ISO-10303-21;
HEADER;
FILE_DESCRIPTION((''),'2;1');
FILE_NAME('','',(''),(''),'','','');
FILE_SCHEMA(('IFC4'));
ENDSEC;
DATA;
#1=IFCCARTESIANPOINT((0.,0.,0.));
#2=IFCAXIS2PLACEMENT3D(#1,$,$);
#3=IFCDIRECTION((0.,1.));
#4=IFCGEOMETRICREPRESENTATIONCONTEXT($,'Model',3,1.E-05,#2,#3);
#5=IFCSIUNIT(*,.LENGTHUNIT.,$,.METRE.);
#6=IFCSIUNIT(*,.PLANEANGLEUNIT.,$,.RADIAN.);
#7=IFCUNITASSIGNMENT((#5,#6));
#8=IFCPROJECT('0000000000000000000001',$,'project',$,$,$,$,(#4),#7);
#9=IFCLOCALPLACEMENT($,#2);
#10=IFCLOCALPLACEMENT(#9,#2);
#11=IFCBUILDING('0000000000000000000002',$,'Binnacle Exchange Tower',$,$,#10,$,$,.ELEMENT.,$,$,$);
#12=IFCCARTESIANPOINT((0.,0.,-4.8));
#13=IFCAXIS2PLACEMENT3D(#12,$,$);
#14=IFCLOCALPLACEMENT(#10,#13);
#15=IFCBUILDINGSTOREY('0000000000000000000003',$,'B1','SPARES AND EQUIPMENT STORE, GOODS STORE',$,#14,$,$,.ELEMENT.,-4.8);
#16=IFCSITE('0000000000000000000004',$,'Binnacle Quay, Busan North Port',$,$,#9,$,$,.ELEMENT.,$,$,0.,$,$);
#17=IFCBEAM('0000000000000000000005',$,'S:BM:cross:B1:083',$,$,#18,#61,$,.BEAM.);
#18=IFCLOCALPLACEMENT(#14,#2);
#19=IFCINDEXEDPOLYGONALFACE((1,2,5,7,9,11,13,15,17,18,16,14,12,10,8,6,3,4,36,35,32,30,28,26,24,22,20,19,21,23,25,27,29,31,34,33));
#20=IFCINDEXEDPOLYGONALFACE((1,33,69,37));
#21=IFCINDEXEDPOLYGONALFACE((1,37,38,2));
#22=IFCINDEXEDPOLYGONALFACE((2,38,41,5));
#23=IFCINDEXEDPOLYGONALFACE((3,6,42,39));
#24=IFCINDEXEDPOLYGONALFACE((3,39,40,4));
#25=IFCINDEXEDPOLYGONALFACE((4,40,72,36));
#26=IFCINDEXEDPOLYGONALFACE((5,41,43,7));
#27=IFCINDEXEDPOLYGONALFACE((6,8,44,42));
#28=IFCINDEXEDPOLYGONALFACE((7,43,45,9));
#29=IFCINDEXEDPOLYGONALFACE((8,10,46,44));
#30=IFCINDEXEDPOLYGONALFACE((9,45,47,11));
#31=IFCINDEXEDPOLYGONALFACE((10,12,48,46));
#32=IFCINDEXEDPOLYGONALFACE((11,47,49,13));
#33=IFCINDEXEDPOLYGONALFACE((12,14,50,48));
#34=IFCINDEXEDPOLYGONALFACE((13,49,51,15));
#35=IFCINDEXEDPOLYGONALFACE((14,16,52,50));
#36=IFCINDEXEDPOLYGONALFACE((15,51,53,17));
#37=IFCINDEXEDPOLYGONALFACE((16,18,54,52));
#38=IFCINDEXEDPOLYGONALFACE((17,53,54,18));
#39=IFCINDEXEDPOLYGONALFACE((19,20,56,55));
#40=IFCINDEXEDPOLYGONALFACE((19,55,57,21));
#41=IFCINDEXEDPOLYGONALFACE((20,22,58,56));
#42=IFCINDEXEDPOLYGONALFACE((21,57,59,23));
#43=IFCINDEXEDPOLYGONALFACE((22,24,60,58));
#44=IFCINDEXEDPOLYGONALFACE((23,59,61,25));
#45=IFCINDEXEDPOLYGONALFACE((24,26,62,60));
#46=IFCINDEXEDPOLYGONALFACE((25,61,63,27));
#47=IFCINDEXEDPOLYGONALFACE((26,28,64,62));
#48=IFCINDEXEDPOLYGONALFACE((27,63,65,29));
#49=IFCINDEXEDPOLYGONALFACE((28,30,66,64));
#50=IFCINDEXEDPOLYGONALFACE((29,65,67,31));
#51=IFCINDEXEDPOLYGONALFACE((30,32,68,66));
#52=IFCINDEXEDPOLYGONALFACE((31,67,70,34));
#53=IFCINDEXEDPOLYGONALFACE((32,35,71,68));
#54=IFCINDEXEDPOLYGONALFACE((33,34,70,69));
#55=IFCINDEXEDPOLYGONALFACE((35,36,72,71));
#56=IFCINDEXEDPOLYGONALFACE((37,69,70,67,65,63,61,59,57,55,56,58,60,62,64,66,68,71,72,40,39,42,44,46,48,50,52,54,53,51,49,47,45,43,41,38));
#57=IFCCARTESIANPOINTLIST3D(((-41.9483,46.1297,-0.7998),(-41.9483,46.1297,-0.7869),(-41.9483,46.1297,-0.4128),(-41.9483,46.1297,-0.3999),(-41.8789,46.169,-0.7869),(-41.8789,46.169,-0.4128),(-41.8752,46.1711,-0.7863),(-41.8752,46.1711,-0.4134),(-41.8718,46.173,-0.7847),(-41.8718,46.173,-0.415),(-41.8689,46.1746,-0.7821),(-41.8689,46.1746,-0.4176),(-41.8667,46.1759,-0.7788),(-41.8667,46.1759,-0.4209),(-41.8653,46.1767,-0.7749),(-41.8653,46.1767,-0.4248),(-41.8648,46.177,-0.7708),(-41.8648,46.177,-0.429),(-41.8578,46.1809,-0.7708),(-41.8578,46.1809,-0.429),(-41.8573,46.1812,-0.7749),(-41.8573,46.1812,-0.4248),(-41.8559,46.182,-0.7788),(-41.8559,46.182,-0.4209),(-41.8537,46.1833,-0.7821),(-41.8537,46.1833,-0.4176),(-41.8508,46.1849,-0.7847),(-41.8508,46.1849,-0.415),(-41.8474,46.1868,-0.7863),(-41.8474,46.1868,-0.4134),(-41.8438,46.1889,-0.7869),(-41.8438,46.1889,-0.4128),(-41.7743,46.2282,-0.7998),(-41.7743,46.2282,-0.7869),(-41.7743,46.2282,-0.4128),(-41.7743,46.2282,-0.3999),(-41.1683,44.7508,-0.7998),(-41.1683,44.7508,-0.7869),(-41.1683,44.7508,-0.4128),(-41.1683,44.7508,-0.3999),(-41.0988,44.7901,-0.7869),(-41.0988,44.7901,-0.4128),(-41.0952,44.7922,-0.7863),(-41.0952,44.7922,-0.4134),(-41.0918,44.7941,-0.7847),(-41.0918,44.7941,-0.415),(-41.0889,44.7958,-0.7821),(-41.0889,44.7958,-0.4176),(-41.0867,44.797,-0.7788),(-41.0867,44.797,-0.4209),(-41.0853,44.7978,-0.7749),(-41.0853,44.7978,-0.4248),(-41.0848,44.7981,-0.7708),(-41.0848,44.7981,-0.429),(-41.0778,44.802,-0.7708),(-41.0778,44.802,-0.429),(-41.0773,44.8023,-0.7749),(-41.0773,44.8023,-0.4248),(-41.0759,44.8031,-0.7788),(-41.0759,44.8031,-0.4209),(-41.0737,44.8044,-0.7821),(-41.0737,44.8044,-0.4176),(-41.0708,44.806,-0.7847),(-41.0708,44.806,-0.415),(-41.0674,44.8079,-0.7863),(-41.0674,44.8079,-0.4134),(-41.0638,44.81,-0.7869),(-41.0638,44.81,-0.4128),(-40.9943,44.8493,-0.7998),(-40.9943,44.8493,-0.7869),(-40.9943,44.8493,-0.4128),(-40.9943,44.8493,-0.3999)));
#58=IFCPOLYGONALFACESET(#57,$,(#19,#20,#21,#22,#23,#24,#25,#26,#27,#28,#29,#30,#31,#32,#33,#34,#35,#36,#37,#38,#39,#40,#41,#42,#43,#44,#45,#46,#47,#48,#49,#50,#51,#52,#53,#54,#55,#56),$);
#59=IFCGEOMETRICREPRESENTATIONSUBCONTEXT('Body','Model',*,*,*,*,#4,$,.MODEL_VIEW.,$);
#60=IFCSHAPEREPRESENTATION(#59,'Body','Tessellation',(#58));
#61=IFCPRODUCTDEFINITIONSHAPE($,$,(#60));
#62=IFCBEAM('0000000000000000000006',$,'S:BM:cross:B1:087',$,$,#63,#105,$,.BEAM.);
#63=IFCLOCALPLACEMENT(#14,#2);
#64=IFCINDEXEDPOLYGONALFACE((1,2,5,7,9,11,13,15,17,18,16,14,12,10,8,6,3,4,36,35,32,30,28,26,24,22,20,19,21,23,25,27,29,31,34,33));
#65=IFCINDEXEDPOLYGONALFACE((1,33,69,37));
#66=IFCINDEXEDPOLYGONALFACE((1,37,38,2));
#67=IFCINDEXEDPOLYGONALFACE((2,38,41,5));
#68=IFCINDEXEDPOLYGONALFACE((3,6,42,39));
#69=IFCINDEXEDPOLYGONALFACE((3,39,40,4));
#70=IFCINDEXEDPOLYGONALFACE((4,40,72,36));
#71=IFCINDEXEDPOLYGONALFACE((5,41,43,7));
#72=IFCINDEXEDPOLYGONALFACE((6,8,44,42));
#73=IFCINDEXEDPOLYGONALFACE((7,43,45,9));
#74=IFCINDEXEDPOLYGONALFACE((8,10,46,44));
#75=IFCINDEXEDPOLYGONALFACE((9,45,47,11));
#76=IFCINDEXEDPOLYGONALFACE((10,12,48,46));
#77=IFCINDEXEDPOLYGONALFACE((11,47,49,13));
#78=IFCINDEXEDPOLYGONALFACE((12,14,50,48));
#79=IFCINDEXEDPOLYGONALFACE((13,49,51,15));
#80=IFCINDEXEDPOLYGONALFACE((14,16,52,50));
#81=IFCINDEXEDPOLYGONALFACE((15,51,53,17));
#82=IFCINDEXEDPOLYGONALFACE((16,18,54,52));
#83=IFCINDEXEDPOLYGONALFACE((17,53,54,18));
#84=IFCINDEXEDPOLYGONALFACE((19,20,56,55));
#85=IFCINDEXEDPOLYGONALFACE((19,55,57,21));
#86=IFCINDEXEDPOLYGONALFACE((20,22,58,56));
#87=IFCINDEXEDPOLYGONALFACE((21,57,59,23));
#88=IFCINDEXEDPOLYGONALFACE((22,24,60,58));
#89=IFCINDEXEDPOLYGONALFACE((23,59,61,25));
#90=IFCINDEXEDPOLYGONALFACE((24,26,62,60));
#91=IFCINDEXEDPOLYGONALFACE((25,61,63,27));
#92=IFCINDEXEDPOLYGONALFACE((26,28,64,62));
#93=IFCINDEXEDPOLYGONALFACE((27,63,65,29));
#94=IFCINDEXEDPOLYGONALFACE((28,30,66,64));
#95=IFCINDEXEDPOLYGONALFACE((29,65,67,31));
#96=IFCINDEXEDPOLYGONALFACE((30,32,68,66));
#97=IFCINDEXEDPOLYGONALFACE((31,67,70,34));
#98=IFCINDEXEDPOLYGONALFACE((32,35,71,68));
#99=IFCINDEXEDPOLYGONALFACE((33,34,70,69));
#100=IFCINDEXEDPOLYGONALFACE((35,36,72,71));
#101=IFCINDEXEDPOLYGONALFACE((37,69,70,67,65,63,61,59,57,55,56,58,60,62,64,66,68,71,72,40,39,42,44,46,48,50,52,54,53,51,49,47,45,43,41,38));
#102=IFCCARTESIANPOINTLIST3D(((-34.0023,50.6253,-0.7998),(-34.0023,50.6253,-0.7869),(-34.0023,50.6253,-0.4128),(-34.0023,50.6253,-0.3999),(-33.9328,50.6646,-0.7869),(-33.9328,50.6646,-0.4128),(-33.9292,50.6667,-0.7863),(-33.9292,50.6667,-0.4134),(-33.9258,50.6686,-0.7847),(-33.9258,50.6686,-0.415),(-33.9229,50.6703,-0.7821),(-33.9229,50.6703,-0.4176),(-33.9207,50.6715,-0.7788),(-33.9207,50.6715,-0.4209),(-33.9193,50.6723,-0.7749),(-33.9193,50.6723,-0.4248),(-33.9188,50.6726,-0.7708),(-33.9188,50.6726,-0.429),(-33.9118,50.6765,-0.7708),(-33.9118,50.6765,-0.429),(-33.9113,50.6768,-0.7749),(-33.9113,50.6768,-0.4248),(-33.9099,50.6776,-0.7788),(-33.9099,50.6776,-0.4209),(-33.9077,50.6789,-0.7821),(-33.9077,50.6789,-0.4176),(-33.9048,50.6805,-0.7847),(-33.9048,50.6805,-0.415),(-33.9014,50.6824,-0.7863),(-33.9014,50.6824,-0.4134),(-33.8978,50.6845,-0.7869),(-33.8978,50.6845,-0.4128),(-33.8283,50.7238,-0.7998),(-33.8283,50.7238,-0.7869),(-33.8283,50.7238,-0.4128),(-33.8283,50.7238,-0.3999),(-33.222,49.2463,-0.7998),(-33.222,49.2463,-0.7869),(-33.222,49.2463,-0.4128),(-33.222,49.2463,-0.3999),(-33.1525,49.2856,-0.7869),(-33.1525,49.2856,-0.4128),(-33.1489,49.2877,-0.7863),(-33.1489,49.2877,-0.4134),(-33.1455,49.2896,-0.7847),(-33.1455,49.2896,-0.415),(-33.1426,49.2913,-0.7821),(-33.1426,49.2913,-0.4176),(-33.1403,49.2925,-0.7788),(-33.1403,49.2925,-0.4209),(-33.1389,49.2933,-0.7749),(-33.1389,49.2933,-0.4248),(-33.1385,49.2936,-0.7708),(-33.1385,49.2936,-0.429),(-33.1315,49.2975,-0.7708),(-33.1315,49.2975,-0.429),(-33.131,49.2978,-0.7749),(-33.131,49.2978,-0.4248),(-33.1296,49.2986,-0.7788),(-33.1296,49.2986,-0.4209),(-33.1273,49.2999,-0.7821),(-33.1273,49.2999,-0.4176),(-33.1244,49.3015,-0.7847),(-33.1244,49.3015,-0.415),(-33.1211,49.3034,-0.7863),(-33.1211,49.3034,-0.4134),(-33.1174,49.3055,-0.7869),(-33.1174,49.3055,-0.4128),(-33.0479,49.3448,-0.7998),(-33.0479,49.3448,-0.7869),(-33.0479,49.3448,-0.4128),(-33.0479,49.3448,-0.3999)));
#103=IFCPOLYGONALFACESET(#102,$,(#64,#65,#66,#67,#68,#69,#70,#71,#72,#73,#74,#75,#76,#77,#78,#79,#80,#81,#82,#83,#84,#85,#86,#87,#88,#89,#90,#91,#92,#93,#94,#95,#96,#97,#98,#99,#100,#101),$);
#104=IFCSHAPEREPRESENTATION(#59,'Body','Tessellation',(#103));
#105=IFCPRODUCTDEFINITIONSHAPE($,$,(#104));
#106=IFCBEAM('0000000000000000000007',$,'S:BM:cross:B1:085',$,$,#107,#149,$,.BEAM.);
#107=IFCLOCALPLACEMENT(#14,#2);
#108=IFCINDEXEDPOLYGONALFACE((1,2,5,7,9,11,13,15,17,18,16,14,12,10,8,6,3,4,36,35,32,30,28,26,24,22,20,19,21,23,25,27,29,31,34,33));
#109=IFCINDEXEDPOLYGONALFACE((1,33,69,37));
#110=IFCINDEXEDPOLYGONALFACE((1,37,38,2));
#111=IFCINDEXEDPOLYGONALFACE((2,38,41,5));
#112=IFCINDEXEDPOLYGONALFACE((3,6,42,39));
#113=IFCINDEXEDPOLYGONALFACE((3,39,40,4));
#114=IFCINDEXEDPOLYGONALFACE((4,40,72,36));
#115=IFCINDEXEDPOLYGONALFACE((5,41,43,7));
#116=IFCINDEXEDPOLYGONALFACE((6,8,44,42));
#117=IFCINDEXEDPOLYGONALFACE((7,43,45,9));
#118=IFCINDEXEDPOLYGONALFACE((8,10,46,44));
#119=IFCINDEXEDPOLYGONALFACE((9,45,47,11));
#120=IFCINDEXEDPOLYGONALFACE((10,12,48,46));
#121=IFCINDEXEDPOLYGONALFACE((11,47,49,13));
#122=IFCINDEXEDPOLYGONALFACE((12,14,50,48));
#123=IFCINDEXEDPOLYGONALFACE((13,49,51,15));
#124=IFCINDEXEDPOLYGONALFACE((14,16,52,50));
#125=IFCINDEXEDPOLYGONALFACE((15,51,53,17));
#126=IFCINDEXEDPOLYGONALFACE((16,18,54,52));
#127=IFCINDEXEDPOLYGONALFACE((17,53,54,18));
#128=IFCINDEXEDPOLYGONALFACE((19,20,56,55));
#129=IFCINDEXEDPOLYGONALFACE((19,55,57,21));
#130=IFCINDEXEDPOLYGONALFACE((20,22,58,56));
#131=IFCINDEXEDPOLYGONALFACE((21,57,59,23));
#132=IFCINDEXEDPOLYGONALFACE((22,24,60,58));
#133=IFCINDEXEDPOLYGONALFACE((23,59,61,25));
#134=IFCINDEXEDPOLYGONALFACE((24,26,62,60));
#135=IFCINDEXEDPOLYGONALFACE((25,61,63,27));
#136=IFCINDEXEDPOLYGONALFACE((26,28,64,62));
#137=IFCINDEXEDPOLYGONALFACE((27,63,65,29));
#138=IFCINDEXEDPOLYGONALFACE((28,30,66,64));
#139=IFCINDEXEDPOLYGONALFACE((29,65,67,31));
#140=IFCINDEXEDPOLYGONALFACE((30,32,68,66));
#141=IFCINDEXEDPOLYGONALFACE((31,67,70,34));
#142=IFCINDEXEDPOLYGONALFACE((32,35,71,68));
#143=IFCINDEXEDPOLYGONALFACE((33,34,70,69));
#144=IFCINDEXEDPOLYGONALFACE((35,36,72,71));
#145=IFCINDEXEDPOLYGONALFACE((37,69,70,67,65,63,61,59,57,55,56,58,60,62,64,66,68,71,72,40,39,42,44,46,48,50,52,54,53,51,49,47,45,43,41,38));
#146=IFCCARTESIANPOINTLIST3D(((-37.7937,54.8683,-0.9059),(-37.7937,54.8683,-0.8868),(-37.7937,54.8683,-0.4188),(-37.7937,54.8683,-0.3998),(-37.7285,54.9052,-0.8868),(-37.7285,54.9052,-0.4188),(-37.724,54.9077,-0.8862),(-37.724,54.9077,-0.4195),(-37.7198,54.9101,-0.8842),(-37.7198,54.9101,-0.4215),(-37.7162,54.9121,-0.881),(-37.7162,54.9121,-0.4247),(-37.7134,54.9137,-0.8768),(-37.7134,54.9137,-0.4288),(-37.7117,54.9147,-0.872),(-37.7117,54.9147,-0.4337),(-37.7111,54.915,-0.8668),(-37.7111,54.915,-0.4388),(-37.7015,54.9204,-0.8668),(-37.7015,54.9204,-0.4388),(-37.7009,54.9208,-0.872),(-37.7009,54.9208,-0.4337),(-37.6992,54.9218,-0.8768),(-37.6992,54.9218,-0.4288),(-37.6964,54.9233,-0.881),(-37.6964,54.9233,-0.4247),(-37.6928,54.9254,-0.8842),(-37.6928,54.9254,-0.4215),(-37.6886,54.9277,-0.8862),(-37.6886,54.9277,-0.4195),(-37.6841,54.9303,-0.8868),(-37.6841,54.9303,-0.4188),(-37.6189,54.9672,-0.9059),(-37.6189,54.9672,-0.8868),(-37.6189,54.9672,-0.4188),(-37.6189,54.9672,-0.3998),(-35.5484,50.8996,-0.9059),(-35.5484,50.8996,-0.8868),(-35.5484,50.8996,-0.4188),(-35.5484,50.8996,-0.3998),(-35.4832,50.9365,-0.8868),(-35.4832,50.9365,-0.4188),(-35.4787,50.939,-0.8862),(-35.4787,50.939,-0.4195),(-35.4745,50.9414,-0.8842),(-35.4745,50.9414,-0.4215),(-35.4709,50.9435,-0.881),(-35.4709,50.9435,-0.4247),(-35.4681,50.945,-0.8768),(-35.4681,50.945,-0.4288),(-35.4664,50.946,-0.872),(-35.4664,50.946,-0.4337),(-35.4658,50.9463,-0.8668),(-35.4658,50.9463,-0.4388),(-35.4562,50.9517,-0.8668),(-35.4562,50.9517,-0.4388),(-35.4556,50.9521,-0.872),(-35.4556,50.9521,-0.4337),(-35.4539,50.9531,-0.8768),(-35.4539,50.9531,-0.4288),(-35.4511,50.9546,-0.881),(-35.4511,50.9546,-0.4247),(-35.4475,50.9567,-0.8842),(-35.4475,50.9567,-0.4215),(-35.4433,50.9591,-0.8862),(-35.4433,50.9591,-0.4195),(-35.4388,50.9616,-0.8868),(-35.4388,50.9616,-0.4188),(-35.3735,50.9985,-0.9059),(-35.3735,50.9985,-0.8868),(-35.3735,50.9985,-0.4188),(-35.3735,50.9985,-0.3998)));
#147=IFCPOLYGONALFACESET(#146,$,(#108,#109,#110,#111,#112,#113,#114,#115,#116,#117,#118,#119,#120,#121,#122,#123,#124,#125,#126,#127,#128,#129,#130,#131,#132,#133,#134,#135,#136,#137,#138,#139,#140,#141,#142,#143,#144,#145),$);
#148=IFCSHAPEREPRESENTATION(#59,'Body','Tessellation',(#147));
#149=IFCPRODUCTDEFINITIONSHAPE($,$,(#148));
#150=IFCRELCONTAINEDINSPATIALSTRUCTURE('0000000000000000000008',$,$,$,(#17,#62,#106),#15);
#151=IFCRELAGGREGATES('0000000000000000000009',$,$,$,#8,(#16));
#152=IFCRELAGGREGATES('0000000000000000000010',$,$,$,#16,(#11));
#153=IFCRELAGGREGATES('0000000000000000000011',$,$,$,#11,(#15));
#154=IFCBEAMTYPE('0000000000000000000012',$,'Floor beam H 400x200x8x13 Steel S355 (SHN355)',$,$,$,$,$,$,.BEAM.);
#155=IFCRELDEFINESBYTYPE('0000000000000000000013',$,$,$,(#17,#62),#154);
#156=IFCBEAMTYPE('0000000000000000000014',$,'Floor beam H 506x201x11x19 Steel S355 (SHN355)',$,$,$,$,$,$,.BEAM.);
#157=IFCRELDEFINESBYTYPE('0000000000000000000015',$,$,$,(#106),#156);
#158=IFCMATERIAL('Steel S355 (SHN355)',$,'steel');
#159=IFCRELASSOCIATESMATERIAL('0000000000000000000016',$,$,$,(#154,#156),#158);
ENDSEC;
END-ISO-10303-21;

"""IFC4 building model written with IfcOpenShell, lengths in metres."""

from ifc_helpers import new_model, si_unit, direction, frame, origin, origin_2d, place, context, subcontext, project, spatial, i_section, extrude, material, material_profile, profile_set, type_object, element, save


model = new_model("IFC4")

# Units and contexts
model_context = context("Model", 3, precision=1e-05, world=origin(), true_north=direction((0.0, 1.0)))
body_context = subcontext(model_context, "Body", "Model", "MODEL_VIEW")
ifc_project = project(units=[si_unit("LENGTHUNIT", "METRE"), si_unit("PLANEANGLEUNIT", "RADIAN")], contexts=[model_context])

# Site, building, storey
site_placement = place(None, origin())
site = spatial("IfcSite", under=ifc_project, at=site_placement, Name="Binnacle Quay, Busan North Port", CompositionType="ELEMENT", RefElevation=0.0)
building_placement = place(site_placement, origin())
building = spatial("IfcBuilding", under=site, at=building_placement, Name="Binnacle Exchange Tower", CompositionType="ELEMENT")
storey_placement = place(building_placement, frame((0.0, 0.0, -4.8)))
storey = spatial("IfcBuildingStorey", under=building, at=storey_placement, Name="B1", Description="SPARES AND EQUIPMENT STORE, GOODS STORE", CompositionType="ELEMENT", Elevation=-4.8)

# Beams
ifc_material_1 = material(Name="Steel S355 (SHN355)", Category="steel")
ifc_material_profile_1 = material_profile(ifc_material_1, i_section(OverallWidth=0.2, OverallDepth=0.3999, WebThickness=0.0081, FlangeThickness=0.0129, FilletRadius=0.0161, at=origin_2d()), Name="H 400x200x8x13")
ifc_profile_set_1 = profile_set([ifc_material_profile_1], Name="Steel S355 (SHN355)")
beam_type_1 = type_object("IfcBeamType", Name="Floor beam H 400x200x8x13 Steel S355 (SHN355)", PredefinedType="BEAM", material=ifc_profile_set_1)
beam_1_placement = place(storey_placement, frame((-41.8613, 46.179, -0.5999), z_axis=(0.492367, -0.870388, 0.0), x_axis=(0.870388, 0.492367, 0.0)))
element("IfcBeam", 1, at=beam_1_placement, inside=storey, type_object=beam_type_1, Name="S:BM:cross:B1:083", PredefinedType="BEAM", context=body_context, shape_type="SweptSolid", body=[
    extrude(i_section(OverallWidth=0.2, OverallDepth=0.3999, WebThickness=0.0081, FlangeThickness=0.0129, FilletRadius=0.0161, at=origin_2d()), origin(), (0.0, 0.0, 1.0), 1.5842),
])
beam_2_placement = place(storey_placement, frame((-33.9153, 50.6746, -0.5999), z_axis=(0.492484, -0.870322, 0.0), x_axis=(0.870322, 0.492484, 0.0)))
element("IfcBeam", 2, at=beam_2_placement, inside=storey, type_object=beam_type_1, Name="S:BM:cross:B1:087", PredefinedType="BEAM", context=body_context, shape_type="SweptSolid", body=[
    extrude(i_section(OverallWidth=0.2, OverallDepth=0.3999, WebThickness=0.0081, FlangeThickness=0.0129, FilletRadius=0.0161, at=origin_2d()), origin(), (0.0, 0.0, 1.0), 1.5845),
])
ifc_material_profile_2 = material_profile(ifc_material_1, i_section(OverallWidth=0.2009, OverallDepth=0.5061, WebThickness=0.011, FlangeThickness=0.019, FilletRadius=0.02, at=origin_2d()), Name="H 506x201x11x19")
ifc_profile_set_2 = profile_set([ifc_material_profile_2], Name="Steel S355 (SHN355)")
beam_type_2 = type_object("IfcBeamType", Name="Floor beam H 506x201x11x19 Steel S355 (SHN355)", PredefinedType="BEAM", material=ifc_profile_set_2)
beam_3_placement = place(storey_placement, frame((-37.7063, 54.9177, -0.6528), z_axis=(0.492415, -0.87036, 0.0), x_axis=(0.87036, 0.492415, 0.0)))
element("IfcBeam", 3, at=beam_3_placement, inside=storey, type_object=beam_type_2, Name="S:BM:cross:B1:085", PredefinedType="BEAM", context=body_context, shape_type="SweptSolid", body=[
    extrude(i_section(OverallWidth=0.2009, OverallDepth=0.5061, WebThickness=0.011, FlangeThickness=0.019, FilletRadius=0.02, at=origin_2d()), origin(), (0.0, 0.0, 1.0), 4.5598),
])

save(model, "model.ifc")
